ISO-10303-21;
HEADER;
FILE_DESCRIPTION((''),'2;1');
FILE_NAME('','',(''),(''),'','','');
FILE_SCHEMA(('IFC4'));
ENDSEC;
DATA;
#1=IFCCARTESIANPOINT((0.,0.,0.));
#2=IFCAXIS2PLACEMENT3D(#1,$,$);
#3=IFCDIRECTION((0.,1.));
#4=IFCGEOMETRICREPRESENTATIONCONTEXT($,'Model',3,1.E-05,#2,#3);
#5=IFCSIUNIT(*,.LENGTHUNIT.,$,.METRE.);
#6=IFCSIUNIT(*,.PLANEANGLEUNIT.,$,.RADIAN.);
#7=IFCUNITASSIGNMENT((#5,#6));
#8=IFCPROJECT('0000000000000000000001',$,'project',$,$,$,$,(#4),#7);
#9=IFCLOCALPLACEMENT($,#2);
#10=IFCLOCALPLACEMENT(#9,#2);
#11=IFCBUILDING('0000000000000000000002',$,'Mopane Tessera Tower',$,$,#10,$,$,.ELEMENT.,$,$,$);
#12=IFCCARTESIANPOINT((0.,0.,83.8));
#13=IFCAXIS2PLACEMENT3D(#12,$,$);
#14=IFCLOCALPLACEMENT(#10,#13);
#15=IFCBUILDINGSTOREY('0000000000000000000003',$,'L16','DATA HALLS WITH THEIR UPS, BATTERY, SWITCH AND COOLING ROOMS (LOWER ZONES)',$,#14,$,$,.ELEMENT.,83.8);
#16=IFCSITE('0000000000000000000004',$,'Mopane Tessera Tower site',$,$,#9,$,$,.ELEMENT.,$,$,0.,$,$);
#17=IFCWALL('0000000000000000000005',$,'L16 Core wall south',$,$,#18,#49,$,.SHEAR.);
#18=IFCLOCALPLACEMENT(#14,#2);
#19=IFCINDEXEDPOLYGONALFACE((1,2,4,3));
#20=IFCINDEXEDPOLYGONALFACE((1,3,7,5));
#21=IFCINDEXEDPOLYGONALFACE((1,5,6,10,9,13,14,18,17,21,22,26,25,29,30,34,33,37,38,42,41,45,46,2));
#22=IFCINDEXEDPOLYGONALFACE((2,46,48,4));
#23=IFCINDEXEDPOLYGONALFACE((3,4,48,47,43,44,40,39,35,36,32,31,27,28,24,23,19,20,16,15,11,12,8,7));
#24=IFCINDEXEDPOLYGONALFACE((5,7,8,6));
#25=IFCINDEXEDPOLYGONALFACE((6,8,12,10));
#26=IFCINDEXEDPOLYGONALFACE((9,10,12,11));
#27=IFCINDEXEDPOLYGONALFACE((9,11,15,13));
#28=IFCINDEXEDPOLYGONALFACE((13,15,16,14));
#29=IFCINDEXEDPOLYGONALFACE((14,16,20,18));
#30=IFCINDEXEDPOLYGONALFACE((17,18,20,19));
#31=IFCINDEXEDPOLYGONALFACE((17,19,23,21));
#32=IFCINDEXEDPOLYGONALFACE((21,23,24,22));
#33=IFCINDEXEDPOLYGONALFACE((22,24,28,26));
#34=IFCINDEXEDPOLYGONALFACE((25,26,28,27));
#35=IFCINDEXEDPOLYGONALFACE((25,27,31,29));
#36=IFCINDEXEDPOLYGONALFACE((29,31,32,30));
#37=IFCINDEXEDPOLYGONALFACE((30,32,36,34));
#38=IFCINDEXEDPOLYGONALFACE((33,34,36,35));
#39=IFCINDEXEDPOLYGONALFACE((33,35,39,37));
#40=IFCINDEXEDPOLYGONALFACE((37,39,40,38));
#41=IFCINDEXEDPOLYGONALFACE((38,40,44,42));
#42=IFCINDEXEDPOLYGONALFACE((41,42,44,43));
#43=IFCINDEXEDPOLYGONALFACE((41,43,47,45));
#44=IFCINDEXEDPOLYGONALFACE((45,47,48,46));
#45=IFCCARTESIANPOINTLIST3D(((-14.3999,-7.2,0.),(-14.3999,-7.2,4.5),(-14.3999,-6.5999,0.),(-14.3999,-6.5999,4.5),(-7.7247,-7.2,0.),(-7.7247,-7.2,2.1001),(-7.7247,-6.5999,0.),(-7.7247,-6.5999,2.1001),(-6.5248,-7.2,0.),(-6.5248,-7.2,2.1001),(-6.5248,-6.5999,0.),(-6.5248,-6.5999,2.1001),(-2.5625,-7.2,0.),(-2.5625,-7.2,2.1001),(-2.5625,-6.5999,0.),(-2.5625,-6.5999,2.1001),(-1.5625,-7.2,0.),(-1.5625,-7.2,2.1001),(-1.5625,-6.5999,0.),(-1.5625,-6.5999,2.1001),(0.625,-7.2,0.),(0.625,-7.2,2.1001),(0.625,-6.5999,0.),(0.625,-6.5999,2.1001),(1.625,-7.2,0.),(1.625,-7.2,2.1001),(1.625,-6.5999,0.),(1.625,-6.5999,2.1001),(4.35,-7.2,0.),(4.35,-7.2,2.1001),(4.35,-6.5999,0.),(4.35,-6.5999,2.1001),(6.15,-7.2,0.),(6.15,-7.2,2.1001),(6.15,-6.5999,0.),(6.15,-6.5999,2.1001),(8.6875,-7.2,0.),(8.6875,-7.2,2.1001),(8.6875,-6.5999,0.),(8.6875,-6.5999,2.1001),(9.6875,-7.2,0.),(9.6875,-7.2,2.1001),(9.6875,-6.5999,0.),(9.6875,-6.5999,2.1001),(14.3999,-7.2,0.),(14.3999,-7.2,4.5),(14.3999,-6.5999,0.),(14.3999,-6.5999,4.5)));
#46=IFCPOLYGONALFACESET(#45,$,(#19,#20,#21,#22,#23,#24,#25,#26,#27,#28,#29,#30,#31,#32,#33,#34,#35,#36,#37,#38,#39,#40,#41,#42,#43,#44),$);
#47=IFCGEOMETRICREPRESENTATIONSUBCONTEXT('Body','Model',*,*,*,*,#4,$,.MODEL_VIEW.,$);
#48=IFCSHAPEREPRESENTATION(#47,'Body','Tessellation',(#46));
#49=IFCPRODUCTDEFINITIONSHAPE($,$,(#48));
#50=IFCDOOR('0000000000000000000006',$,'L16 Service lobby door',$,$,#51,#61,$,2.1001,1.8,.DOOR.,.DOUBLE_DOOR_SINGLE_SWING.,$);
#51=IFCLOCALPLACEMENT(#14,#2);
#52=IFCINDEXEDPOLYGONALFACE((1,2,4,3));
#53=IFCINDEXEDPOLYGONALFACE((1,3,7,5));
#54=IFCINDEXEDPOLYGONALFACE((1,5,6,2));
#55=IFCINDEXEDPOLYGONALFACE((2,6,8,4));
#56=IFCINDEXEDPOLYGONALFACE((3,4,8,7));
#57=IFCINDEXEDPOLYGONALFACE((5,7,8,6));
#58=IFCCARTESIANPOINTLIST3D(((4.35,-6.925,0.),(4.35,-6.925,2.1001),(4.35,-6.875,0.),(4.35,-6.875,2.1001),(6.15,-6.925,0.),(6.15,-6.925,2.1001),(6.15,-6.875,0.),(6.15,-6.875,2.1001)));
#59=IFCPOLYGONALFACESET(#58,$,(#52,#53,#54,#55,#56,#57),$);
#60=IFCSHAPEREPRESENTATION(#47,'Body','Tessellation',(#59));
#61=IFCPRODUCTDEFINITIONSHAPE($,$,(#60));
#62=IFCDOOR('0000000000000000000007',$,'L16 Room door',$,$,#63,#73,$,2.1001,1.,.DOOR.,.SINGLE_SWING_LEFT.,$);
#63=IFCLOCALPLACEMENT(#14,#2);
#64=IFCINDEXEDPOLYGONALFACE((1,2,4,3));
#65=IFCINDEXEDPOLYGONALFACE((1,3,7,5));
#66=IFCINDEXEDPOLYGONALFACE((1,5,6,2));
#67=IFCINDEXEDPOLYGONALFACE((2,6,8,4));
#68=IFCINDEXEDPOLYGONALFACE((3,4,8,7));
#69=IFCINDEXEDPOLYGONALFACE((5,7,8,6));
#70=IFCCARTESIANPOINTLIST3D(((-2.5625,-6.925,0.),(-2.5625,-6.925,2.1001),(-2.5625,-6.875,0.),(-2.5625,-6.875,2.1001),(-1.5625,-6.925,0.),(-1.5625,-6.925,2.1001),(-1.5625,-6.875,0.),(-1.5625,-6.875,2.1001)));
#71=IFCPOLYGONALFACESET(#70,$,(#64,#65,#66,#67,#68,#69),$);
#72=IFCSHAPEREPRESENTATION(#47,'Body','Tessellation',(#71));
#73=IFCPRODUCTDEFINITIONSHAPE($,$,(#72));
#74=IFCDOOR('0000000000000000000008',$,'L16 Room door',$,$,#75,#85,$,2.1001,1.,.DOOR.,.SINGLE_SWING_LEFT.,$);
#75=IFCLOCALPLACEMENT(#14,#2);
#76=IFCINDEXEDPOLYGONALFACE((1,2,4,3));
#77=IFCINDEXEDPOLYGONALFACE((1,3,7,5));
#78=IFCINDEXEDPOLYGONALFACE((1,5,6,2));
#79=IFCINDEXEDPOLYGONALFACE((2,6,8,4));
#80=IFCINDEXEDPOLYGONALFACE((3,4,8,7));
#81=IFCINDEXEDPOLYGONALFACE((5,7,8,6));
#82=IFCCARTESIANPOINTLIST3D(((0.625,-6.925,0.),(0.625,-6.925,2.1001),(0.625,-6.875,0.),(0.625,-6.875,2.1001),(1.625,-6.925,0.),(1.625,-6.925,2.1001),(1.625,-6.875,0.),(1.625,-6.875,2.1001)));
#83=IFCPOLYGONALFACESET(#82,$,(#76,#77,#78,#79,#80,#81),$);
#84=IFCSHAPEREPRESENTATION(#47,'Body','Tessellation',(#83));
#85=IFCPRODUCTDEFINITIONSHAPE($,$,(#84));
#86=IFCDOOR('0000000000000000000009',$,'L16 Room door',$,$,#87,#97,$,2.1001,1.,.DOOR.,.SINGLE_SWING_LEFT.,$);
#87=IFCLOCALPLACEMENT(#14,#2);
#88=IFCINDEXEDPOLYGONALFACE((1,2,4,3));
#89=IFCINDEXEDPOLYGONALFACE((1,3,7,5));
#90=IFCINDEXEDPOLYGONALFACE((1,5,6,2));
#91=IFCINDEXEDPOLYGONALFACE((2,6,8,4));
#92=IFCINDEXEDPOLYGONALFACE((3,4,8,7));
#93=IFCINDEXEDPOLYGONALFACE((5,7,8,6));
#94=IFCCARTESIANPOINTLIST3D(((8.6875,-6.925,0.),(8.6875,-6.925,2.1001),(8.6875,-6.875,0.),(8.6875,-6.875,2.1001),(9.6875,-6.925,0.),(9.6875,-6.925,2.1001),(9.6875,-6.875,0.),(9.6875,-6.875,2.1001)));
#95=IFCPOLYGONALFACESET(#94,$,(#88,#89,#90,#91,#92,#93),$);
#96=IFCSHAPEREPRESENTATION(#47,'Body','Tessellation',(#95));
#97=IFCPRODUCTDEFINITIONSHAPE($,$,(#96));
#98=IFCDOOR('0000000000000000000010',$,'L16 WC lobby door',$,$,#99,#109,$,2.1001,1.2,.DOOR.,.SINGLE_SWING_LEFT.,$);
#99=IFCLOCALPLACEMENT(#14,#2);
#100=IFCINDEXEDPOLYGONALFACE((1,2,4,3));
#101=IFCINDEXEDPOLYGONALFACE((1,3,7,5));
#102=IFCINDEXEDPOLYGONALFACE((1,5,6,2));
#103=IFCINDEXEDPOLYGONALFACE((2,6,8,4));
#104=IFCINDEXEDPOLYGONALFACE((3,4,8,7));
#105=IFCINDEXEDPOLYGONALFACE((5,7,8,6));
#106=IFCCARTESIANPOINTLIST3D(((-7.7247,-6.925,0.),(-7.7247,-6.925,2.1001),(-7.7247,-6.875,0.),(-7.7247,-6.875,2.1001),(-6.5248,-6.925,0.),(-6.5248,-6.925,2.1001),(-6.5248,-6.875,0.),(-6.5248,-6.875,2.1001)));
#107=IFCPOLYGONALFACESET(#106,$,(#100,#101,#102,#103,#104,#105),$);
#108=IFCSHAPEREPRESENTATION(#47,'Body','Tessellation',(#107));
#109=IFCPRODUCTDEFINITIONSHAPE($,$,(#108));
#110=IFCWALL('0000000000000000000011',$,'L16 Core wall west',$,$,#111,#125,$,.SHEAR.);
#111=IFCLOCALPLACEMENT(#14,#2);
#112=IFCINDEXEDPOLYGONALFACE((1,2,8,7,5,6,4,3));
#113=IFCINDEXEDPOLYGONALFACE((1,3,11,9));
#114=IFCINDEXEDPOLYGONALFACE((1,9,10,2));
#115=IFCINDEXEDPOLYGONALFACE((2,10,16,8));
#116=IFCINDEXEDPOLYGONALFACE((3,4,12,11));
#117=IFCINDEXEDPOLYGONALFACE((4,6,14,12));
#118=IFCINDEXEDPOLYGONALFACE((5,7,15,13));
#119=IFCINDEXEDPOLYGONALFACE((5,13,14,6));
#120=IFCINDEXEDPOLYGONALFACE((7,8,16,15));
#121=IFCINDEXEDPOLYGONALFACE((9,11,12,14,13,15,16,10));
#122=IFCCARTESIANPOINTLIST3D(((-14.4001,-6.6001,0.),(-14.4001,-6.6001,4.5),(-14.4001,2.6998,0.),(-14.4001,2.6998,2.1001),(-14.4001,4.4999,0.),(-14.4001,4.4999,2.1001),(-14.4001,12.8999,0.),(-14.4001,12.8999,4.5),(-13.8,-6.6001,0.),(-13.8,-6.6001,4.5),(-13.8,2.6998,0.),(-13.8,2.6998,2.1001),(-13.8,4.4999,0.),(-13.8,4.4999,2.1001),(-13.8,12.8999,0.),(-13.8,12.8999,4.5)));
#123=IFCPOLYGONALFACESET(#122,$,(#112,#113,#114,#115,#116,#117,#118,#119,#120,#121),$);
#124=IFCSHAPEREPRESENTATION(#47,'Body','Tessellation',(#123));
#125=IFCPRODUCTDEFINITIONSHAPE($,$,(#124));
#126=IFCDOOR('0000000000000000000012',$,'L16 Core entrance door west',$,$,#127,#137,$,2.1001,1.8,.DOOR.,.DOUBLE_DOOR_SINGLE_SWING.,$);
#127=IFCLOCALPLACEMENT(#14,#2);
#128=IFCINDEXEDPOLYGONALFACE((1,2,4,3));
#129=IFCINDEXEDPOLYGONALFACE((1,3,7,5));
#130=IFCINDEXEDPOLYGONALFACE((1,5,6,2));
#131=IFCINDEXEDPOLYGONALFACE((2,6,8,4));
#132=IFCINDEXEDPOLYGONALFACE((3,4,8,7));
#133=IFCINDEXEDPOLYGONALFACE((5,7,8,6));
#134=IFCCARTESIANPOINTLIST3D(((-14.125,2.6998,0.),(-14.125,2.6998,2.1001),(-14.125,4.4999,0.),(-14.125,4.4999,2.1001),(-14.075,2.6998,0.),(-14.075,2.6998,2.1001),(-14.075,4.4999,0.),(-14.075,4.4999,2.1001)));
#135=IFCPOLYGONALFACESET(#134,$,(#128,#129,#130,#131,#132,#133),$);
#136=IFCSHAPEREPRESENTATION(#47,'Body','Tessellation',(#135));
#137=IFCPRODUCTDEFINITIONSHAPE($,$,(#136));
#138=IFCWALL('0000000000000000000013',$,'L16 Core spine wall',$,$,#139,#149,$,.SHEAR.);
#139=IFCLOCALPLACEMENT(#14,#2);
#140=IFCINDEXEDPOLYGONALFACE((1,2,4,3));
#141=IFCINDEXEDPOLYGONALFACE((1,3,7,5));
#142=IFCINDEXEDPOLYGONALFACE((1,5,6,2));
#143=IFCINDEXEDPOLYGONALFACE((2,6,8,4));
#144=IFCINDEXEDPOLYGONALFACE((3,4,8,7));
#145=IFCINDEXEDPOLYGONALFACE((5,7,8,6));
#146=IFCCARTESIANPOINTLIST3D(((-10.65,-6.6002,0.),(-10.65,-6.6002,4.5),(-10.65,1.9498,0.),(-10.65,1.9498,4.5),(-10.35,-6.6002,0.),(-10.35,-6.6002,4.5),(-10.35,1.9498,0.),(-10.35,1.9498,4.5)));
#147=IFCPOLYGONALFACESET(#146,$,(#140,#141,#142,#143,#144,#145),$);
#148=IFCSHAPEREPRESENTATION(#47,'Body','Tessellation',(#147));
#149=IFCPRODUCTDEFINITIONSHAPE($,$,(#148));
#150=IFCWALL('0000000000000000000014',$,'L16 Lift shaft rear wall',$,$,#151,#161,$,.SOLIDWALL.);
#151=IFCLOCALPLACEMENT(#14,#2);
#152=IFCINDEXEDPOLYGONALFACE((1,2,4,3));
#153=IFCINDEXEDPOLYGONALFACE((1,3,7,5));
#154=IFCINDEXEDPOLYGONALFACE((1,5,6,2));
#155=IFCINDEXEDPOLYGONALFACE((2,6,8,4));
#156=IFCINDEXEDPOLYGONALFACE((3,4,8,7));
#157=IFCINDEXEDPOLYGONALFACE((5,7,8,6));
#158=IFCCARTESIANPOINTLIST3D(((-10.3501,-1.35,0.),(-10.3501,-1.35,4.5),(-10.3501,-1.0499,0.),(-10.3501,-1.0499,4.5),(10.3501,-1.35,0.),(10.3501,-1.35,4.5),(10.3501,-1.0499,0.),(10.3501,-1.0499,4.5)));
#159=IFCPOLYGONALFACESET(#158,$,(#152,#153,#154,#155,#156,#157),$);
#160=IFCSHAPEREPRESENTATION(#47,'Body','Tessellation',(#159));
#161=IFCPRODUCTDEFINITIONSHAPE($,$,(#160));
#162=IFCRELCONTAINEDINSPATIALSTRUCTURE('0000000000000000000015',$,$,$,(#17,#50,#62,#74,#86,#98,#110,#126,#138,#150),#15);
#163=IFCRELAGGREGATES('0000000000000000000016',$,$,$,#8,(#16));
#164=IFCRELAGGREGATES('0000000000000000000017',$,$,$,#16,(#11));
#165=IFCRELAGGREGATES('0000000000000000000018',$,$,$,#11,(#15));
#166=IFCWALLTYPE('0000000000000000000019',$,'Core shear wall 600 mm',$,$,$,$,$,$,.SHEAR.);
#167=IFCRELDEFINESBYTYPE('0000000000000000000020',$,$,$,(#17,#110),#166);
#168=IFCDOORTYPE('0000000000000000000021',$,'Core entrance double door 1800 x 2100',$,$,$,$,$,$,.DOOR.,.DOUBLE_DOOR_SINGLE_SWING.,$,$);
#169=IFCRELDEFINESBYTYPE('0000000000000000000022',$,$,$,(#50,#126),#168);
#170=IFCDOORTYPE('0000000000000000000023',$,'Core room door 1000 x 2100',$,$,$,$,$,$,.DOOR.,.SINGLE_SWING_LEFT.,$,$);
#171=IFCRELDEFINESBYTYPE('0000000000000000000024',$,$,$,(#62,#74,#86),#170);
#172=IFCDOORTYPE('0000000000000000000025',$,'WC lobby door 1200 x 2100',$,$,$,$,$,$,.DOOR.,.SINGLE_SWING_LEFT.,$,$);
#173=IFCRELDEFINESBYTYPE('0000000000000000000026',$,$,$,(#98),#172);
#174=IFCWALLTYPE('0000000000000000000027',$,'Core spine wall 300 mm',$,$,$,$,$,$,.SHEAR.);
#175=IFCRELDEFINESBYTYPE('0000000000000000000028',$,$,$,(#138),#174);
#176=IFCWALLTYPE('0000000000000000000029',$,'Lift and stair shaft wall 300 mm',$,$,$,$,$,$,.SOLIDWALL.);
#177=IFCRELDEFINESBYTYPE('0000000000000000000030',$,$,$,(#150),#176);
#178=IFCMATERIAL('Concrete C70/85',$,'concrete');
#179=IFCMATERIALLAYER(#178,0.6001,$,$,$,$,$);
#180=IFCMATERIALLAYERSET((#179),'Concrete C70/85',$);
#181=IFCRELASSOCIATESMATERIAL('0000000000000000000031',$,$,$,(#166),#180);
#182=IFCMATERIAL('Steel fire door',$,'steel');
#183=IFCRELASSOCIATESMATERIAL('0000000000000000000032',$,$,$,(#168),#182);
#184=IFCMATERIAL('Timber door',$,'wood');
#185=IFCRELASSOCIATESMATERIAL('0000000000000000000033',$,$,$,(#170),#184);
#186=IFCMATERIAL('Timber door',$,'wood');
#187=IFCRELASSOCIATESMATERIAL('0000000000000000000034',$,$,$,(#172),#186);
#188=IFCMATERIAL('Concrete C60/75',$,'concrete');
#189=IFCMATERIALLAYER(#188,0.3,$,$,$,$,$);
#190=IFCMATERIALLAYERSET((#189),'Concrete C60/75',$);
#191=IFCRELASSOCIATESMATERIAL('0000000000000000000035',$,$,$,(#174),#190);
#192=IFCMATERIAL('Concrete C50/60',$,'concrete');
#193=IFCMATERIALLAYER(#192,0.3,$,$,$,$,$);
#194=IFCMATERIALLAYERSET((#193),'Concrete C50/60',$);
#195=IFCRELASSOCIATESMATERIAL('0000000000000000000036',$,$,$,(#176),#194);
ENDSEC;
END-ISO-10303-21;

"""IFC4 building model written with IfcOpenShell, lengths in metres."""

from ifc_helpers import new_model, si_unit, direction, frame, frame_2d, origin, place, context, subcontext, project, spatial, rectangle, extrude, material, layer, layer_set, type_object, element, fill, save


model = new_model("IFC4")

# Units and contexts
model_context = context("Model", 3, precision=1e-05, world=origin(), true_north=direction((0.0, 1.0)))
body_context = subcontext(model_context, "Body", "Model", "MODEL_VIEW")
ifc_project = project(units=[si_unit("LENGTHUNIT", "METRE"), si_unit("PLANEANGLEUNIT", "RADIAN")], contexts=[model_context])

# Site, building, storey
site_placement = place(None, origin())
site = spatial("IfcSite", under=ifc_project, at=site_placement, Name="Mopane Tessera Tower site", CompositionType="ELEMENT", RefElevation=0.0)
building_placement = place(site_placement, origin())
building = spatial("IfcBuilding", under=site, at=building_placement, Name="Mopane Tessera Tower", CompositionType="ELEMENT")
storey_placement = place(building_placement, frame((0.0, 0.0, 83.8)))
storey = spatial("IfcBuildingStorey", under=building, at=storey_placement, Name="L16", Description="DATA HALLS WITH THEIR UPS, BATTERY, SWITCH AND COOLING ROOMS (LOWER ZONES)", CompositionType="ELEMENT", Elevation=83.8)

# Wall, openings, doors
ifc_material_1 = material(Name="Concrete C70/85", Category="concrete")
ifc_layer_1 = layer(ifc_material_1, 0.6001)
ifc_layer_set_1 = layer_set([ifc_layer_1], Name="Concrete C70/85")
wall_type_1 = type_object("IfcWallType", Name="Core shear wall 600 mm", PredefinedType="SHEAR", material=ifc_layer_set_1)
wall_1_placement = place(storey_placement, frame((-14.3999, -6.8999, 0.0), z_axis=(0.0, 0.0, 1.0), x_axis=(1.0, 0.0, 0.0)))
wall_1 = element("IfcWall", 1, at=wall_1_placement, inside=storey, type_object=wall_type_1, Name="L16 Core wall south", PredefinedType="SHEAR", context=body_context, shape_type="SweptSolid", body=[
    extrude(rectangle(XDim=28.7998, YDim=0.6001, at=frame_2d((14.3999, 0.0))), origin(), (0.0, 0.0, 1.0), 4.5),
])
opening_1_placement = place(wall_1_placement, frame((6.675, 0.0, 0.0)))
opening_1 = element("IfcOpeningElement", 2, at=opening_1_placement, cuts=wall_1, PredefinedType="OPENING", context=body_context, shape_type="SweptSolid", body=[
    extrude(rectangle(XDim=1.2, YDim=2.1001, at=frame_2d((0.6001, 1.05))), frame((0.0, 0.312, 0.0), z_axis=(0.0, -1.0, 0.0), x_axis=(1.0, 0.0, 0.0)), (0.0, 0.0, 1.0), 0.624),
])
opening_2_placement = place(wall_1_placement, frame((11.8374, 0.0, 0.0)))
opening_2 = element("IfcOpeningElement", 3, at=opening_2_placement, cuts=wall_1, PredefinedType="OPENING", context=body_context, shape_type="SweptSolid", body=[
    extrude(rectangle(XDim=1.0, YDim=2.1001, at=frame_2d((0.5, 1.05))), frame((0.0, 0.312, 0.0), z_axis=(0.0, -1.0, 0.0), x_axis=(1.0, 0.0, 0.0)), (0.0, 0.0, 1.0), 0.624),
])
opening_3_placement = place(wall_1_placement, frame((15.0249, 0.0, 0.0)))
opening_3 = element("IfcOpeningElement", 4, at=opening_3_placement, cuts=wall_1, PredefinedType="OPENING", context=body_context, shape_type="SweptSolid", body=[
    extrude(rectangle(XDim=1.0, YDim=2.1001, at=frame_2d((0.5, 1.05))), frame((0.0, 0.312, 0.0), z_axis=(0.0, -1.0, 0.0), x_axis=(1.0, 0.0, 0.0)), (0.0, 0.0, 1.0), 0.624),
])
opening_4_placement = place(wall_1_placement, frame((18.75, 0.0, 0.0)))
opening_4 = element("IfcOpeningElement", 5, at=opening_4_placement, cuts=wall_1, PredefinedType="OPENING", context=body_context, shape_type="SweptSolid", body=[
    extrude(rectangle(XDim=1.8, YDim=2.1001, at=frame_2d((0.8999, 1.05))), frame((0.0, 0.312, 0.0), z_axis=(0.0, -1.0, 0.0), x_axis=(1.0, 0.0, 0.0)), (0.0, 0.0, 1.0), 0.624),
])
opening_5_placement = place(wall_1_placement, frame((23.0874, 0.0, 0.0)))
opening_5 = element("IfcOpeningElement", 6, at=opening_5_placement, cuts=wall_1, PredefinedType="OPENING", context=body_context, shape_type="SweptSolid", body=[
    extrude(rectangle(XDim=1.0, YDim=2.1001, at=frame_2d((0.5, 1.05))), frame((0.0, 0.312, 0.0), z_axis=(0.0, -1.0, 0.0), x_axis=(1.0, 0.0, 0.0)), (0.0, 0.0, 1.0), 0.624),
])
ifc_material_2 = material(Name="Steel fire door", Category="steel")
door_type_1 = type_object("IfcDoorType", Name="Core entrance double door 1800 x 2100", OperationType="DOUBLE_DOOR_SINGLE_SWING", PredefinedType="DOOR", material=ifc_material_2)
door_1_placement = place(opening_4_placement, origin())
door_1 = element("IfcDoor", 7, at=door_1_placement, inside=storey, type_object=door_type_1, Name="L16 Service lobby door", OperationType="DOUBLE_DOOR_SINGLE_SWING", OverallHeight=2.1001, OverallWidth=1.8, PredefinedType="DOOR", context=body_context, shape_type="SweptSolid", body=[
    extrude(rectangle(XDim=1.8, YDim=2.1001, at=frame_2d((0.8999, 1.05))), frame((0.0, 0.0249, 0.0), z_axis=(0.0, -1.0, 0.0), x_axis=(1.0, 0.0, 0.0)), (0.0, 0.0, 1.0), 0.05),
])
fill(opening_4, door_1)
ifc_material_3 = material(Name="Timber door", Category="wood")
door_type_2 = type_object("IfcDoorType", Name="Core room door 1000 x 2100", OperationType="SINGLE_SWING_LEFT", PredefinedType="DOOR", material=ifc_material_3)
door_2_placement = place(opening_2_placement, origin())
door_2 = element("IfcDoor", 8, at=door_2_placement, inside=storey, type_object=door_type_2, Name="L16 Room door", OperationType="SINGLE_SWING_LEFT", OverallHeight=2.1001, OverallWidth=1.0, PredefinedType="DOOR", context=body_context, shape_type="SweptSolid", body=[
    extrude(rectangle(XDim=1.0, YDim=2.1001, at=frame_2d((0.5, 1.05))), frame((0.0, 0.0249, 0.0), z_axis=(0.0, -1.0, 0.0), x_axis=(1.0, 0.0, 0.0)), (0.0, 0.0, 1.0), 0.05),
])
fill(opening_2, door_2)
door_3_placement = place(opening_3_placement, origin())
door_3 = element("IfcDoor", 9, at=door_3_placement, inside=storey, type_object=door_type_2, Name="L16 Room door", OperationType="SINGLE_SWING_LEFT", OverallHeight=2.1001, OverallWidth=1.0, PredefinedType="DOOR", context=body_context, shape_type="SweptSolid", body=[
    extrude(rectangle(XDim=1.0, YDim=2.1001, at=frame_2d((0.5, 1.05))), frame((0.0, 0.0249, 0.0), z_axis=(0.0, -1.0, 0.0), x_axis=(1.0, 0.0, 0.0)), (0.0, 0.0, 1.0), 0.05),
])
fill(opening_3, door_3)
door_4_placement = place(opening_5_placement, origin())
door_4 = element("IfcDoor", 10, at=door_4_placement, inside=storey, type_object=door_type_2, Name="L16 Room door", OperationType="SINGLE_SWING_LEFT", OverallHeight=2.1001, OverallWidth=1.0, PredefinedType="DOOR", context=body_context, shape_type="SweptSolid", body=[
    extrude(rectangle(XDim=1.0, YDim=2.1001, at=frame_2d((0.5, 1.05))), frame((0.0, 0.0249, 0.0), z_axis=(0.0, -1.0, 0.0), x_axis=(1.0, 0.0, 0.0)), (0.0, 0.0, 1.0), 0.05),
])
fill(opening_5, door_4)
ifc_material_4 = material(Name="Timber door", Category="wood")
door_type_3 = type_object("IfcDoorType", Name="WC lobby door 1200 x 2100", OperationType="SINGLE_SWING_LEFT", PredefinedType="DOOR", material=ifc_material_4)
door_5_placement = place(opening_1_placement, origin())
door_5 = element("IfcDoor", 11, at=door_5_placement, inside=storey, type_object=door_type_3, Name="L16 WC lobby door", OperationType="SINGLE_SWING_LEFT", OverallHeight=2.1001, OverallWidth=1.2, PredefinedType="DOOR", context=body_context, shape_type="SweptSolid", body=[
    extrude(rectangle(XDim=1.2, YDim=2.1001, at=frame_2d((0.6001, 1.05))), frame((0.0, 0.0249, 0.0), z_axis=(0.0, -1.0, 0.0), x_axis=(1.0, 0.0, 0.0)), (0.0, 0.0, 1.0), 0.05),
])
fill(opening_1, door_5)

# Wall, opening, door
wall_2_placement = place(storey_placement, frame((-14.1001, -6.6001, 0.0), z_axis=(0.0, 0.0, 1.0), x_axis=(0.0, 1.0, 0.0)))
wall_2 = element("IfcWall", 12, at=wall_2_placement, inside=storey, type_object=wall_type_1, Name="L16 Core wall west", PredefinedType="SHEAR", context=body_context, shape_type="SweptSolid", body=[
    extrude(rectangle(XDim=19.5, YDim=0.6001, at=frame_2d((9.75, 0.0))), origin(), (0.0, 0.0, 1.0), 4.5),
])
opening_6_placement = place(wall_2_placement, frame((9.3, 0.0, 0.0)))
opening_6 = element("IfcOpeningElement", 13, at=opening_6_placement, cuts=wall_2, PredefinedType="OPENING", context=body_context, shape_type="SweptSolid", body=[
    extrude(rectangle(XDim=1.8, YDim=2.1001, at=frame_2d((0.8999, 1.05))), frame((0.0, 0.312, 0.0), z_axis=(0.0, -1.0, 0.0), x_axis=(1.0, 0.0, 0.0)), (0.0, 0.0, 1.0), 0.624),
])
door_6_placement = place(opening_6_placement, origin())
door_6 = element("IfcDoor", 14, at=door_6_placement, inside=storey, type_object=door_type_1, Name="L16 Core entrance door west", OperationType="DOUBLE_DOOR_SINGLE_SWING", OverallHeight=2.1001, OverallWidth=1.8, PredefinedType="DOOR", context=body_context, shape_type="SweptSolid", body=[
    extrude(rectangle(XDim=1.8, YDim=2.1001, at=frame_2d((0.8999, 1.05))), frame((0.0, 0.0249, 0.0), z_axis=(0.0, -1.0, 0.0), x_axis=(1.0, 0.0, 0.0)), (0.0, 0.0, 1.0), 0.05),
])
fill(opening_6, door_6)

# Walls
ifc_material_5 = material(Name="Concrete C60/75", Category="concrete")
ifc_layer_2 = layer(ifc_material_5, 0.3)
ifc_layer_set_2 = layer_set([ifc_layer_2], Name="Concrete C60/75")
wall_type_2 = type_object("IfcWallType", Name="Core spine wall 300 mm", PredefinedType="SHEAR", material=ifc_layer_set_2)
wall_3_placement = place(storey_placement, frame((-10.5, -6.6001, 0.0), z_axis=(0.0, 0.0, 1.0), x_axis=(0.0, 1.0, 0.0)))
element("IfcWall", 15, at=wall_3_placement, inside=storey, type_object=wall_type_2, Name="L16 Core spine wall", PredefinedType="SHEAR", context=body_context, shape_type="SweptSolid", body=[
    extrude(rectangle(XDim=8.55, YDim=0.3, at=frame_2d((4.2749, 0.0))), origin(), (0.0, 0.0, 1.0), 4.5),
])
ifc_material_6 = material(Name="Concrete C50/60", Category="concrete")
ifc_layer_3 = layer(ifc_material_6, 0.3)
ifc_layer_set_3 = layer_set([ifc_layer_3], Name="Concrete C50/60")
wall_type_3 = type_object("IfcWallType", Name="Lift and stair shaft wall 300 mm", PredefinedType="SOLIDWALL", material=ifc_layer_set_3)
wall_4_placement = place(storey_placement, frame((-10.3501, -1.2, 0.0), z_axis=(0.0, 0.0, 1.0), x_axis=(1.0, 0.0, 0.0)))
element("IfcWall", 16, at=wall_4_placement, inside=storey, type_object=wall_type_3, Name="L16 Lift shaft rear wall", PredefinedType="SOLIDWALL", context=body_context, shape_type="SweptSolid", body=[
    extrude(rectangle(XDim=20.7002, YDim=0.3, at=frame_2d((10.3501, 0.0))), origin(), (0.0, 0.0, 1.0), 4.5),
])

save(model, "model.ifc")
